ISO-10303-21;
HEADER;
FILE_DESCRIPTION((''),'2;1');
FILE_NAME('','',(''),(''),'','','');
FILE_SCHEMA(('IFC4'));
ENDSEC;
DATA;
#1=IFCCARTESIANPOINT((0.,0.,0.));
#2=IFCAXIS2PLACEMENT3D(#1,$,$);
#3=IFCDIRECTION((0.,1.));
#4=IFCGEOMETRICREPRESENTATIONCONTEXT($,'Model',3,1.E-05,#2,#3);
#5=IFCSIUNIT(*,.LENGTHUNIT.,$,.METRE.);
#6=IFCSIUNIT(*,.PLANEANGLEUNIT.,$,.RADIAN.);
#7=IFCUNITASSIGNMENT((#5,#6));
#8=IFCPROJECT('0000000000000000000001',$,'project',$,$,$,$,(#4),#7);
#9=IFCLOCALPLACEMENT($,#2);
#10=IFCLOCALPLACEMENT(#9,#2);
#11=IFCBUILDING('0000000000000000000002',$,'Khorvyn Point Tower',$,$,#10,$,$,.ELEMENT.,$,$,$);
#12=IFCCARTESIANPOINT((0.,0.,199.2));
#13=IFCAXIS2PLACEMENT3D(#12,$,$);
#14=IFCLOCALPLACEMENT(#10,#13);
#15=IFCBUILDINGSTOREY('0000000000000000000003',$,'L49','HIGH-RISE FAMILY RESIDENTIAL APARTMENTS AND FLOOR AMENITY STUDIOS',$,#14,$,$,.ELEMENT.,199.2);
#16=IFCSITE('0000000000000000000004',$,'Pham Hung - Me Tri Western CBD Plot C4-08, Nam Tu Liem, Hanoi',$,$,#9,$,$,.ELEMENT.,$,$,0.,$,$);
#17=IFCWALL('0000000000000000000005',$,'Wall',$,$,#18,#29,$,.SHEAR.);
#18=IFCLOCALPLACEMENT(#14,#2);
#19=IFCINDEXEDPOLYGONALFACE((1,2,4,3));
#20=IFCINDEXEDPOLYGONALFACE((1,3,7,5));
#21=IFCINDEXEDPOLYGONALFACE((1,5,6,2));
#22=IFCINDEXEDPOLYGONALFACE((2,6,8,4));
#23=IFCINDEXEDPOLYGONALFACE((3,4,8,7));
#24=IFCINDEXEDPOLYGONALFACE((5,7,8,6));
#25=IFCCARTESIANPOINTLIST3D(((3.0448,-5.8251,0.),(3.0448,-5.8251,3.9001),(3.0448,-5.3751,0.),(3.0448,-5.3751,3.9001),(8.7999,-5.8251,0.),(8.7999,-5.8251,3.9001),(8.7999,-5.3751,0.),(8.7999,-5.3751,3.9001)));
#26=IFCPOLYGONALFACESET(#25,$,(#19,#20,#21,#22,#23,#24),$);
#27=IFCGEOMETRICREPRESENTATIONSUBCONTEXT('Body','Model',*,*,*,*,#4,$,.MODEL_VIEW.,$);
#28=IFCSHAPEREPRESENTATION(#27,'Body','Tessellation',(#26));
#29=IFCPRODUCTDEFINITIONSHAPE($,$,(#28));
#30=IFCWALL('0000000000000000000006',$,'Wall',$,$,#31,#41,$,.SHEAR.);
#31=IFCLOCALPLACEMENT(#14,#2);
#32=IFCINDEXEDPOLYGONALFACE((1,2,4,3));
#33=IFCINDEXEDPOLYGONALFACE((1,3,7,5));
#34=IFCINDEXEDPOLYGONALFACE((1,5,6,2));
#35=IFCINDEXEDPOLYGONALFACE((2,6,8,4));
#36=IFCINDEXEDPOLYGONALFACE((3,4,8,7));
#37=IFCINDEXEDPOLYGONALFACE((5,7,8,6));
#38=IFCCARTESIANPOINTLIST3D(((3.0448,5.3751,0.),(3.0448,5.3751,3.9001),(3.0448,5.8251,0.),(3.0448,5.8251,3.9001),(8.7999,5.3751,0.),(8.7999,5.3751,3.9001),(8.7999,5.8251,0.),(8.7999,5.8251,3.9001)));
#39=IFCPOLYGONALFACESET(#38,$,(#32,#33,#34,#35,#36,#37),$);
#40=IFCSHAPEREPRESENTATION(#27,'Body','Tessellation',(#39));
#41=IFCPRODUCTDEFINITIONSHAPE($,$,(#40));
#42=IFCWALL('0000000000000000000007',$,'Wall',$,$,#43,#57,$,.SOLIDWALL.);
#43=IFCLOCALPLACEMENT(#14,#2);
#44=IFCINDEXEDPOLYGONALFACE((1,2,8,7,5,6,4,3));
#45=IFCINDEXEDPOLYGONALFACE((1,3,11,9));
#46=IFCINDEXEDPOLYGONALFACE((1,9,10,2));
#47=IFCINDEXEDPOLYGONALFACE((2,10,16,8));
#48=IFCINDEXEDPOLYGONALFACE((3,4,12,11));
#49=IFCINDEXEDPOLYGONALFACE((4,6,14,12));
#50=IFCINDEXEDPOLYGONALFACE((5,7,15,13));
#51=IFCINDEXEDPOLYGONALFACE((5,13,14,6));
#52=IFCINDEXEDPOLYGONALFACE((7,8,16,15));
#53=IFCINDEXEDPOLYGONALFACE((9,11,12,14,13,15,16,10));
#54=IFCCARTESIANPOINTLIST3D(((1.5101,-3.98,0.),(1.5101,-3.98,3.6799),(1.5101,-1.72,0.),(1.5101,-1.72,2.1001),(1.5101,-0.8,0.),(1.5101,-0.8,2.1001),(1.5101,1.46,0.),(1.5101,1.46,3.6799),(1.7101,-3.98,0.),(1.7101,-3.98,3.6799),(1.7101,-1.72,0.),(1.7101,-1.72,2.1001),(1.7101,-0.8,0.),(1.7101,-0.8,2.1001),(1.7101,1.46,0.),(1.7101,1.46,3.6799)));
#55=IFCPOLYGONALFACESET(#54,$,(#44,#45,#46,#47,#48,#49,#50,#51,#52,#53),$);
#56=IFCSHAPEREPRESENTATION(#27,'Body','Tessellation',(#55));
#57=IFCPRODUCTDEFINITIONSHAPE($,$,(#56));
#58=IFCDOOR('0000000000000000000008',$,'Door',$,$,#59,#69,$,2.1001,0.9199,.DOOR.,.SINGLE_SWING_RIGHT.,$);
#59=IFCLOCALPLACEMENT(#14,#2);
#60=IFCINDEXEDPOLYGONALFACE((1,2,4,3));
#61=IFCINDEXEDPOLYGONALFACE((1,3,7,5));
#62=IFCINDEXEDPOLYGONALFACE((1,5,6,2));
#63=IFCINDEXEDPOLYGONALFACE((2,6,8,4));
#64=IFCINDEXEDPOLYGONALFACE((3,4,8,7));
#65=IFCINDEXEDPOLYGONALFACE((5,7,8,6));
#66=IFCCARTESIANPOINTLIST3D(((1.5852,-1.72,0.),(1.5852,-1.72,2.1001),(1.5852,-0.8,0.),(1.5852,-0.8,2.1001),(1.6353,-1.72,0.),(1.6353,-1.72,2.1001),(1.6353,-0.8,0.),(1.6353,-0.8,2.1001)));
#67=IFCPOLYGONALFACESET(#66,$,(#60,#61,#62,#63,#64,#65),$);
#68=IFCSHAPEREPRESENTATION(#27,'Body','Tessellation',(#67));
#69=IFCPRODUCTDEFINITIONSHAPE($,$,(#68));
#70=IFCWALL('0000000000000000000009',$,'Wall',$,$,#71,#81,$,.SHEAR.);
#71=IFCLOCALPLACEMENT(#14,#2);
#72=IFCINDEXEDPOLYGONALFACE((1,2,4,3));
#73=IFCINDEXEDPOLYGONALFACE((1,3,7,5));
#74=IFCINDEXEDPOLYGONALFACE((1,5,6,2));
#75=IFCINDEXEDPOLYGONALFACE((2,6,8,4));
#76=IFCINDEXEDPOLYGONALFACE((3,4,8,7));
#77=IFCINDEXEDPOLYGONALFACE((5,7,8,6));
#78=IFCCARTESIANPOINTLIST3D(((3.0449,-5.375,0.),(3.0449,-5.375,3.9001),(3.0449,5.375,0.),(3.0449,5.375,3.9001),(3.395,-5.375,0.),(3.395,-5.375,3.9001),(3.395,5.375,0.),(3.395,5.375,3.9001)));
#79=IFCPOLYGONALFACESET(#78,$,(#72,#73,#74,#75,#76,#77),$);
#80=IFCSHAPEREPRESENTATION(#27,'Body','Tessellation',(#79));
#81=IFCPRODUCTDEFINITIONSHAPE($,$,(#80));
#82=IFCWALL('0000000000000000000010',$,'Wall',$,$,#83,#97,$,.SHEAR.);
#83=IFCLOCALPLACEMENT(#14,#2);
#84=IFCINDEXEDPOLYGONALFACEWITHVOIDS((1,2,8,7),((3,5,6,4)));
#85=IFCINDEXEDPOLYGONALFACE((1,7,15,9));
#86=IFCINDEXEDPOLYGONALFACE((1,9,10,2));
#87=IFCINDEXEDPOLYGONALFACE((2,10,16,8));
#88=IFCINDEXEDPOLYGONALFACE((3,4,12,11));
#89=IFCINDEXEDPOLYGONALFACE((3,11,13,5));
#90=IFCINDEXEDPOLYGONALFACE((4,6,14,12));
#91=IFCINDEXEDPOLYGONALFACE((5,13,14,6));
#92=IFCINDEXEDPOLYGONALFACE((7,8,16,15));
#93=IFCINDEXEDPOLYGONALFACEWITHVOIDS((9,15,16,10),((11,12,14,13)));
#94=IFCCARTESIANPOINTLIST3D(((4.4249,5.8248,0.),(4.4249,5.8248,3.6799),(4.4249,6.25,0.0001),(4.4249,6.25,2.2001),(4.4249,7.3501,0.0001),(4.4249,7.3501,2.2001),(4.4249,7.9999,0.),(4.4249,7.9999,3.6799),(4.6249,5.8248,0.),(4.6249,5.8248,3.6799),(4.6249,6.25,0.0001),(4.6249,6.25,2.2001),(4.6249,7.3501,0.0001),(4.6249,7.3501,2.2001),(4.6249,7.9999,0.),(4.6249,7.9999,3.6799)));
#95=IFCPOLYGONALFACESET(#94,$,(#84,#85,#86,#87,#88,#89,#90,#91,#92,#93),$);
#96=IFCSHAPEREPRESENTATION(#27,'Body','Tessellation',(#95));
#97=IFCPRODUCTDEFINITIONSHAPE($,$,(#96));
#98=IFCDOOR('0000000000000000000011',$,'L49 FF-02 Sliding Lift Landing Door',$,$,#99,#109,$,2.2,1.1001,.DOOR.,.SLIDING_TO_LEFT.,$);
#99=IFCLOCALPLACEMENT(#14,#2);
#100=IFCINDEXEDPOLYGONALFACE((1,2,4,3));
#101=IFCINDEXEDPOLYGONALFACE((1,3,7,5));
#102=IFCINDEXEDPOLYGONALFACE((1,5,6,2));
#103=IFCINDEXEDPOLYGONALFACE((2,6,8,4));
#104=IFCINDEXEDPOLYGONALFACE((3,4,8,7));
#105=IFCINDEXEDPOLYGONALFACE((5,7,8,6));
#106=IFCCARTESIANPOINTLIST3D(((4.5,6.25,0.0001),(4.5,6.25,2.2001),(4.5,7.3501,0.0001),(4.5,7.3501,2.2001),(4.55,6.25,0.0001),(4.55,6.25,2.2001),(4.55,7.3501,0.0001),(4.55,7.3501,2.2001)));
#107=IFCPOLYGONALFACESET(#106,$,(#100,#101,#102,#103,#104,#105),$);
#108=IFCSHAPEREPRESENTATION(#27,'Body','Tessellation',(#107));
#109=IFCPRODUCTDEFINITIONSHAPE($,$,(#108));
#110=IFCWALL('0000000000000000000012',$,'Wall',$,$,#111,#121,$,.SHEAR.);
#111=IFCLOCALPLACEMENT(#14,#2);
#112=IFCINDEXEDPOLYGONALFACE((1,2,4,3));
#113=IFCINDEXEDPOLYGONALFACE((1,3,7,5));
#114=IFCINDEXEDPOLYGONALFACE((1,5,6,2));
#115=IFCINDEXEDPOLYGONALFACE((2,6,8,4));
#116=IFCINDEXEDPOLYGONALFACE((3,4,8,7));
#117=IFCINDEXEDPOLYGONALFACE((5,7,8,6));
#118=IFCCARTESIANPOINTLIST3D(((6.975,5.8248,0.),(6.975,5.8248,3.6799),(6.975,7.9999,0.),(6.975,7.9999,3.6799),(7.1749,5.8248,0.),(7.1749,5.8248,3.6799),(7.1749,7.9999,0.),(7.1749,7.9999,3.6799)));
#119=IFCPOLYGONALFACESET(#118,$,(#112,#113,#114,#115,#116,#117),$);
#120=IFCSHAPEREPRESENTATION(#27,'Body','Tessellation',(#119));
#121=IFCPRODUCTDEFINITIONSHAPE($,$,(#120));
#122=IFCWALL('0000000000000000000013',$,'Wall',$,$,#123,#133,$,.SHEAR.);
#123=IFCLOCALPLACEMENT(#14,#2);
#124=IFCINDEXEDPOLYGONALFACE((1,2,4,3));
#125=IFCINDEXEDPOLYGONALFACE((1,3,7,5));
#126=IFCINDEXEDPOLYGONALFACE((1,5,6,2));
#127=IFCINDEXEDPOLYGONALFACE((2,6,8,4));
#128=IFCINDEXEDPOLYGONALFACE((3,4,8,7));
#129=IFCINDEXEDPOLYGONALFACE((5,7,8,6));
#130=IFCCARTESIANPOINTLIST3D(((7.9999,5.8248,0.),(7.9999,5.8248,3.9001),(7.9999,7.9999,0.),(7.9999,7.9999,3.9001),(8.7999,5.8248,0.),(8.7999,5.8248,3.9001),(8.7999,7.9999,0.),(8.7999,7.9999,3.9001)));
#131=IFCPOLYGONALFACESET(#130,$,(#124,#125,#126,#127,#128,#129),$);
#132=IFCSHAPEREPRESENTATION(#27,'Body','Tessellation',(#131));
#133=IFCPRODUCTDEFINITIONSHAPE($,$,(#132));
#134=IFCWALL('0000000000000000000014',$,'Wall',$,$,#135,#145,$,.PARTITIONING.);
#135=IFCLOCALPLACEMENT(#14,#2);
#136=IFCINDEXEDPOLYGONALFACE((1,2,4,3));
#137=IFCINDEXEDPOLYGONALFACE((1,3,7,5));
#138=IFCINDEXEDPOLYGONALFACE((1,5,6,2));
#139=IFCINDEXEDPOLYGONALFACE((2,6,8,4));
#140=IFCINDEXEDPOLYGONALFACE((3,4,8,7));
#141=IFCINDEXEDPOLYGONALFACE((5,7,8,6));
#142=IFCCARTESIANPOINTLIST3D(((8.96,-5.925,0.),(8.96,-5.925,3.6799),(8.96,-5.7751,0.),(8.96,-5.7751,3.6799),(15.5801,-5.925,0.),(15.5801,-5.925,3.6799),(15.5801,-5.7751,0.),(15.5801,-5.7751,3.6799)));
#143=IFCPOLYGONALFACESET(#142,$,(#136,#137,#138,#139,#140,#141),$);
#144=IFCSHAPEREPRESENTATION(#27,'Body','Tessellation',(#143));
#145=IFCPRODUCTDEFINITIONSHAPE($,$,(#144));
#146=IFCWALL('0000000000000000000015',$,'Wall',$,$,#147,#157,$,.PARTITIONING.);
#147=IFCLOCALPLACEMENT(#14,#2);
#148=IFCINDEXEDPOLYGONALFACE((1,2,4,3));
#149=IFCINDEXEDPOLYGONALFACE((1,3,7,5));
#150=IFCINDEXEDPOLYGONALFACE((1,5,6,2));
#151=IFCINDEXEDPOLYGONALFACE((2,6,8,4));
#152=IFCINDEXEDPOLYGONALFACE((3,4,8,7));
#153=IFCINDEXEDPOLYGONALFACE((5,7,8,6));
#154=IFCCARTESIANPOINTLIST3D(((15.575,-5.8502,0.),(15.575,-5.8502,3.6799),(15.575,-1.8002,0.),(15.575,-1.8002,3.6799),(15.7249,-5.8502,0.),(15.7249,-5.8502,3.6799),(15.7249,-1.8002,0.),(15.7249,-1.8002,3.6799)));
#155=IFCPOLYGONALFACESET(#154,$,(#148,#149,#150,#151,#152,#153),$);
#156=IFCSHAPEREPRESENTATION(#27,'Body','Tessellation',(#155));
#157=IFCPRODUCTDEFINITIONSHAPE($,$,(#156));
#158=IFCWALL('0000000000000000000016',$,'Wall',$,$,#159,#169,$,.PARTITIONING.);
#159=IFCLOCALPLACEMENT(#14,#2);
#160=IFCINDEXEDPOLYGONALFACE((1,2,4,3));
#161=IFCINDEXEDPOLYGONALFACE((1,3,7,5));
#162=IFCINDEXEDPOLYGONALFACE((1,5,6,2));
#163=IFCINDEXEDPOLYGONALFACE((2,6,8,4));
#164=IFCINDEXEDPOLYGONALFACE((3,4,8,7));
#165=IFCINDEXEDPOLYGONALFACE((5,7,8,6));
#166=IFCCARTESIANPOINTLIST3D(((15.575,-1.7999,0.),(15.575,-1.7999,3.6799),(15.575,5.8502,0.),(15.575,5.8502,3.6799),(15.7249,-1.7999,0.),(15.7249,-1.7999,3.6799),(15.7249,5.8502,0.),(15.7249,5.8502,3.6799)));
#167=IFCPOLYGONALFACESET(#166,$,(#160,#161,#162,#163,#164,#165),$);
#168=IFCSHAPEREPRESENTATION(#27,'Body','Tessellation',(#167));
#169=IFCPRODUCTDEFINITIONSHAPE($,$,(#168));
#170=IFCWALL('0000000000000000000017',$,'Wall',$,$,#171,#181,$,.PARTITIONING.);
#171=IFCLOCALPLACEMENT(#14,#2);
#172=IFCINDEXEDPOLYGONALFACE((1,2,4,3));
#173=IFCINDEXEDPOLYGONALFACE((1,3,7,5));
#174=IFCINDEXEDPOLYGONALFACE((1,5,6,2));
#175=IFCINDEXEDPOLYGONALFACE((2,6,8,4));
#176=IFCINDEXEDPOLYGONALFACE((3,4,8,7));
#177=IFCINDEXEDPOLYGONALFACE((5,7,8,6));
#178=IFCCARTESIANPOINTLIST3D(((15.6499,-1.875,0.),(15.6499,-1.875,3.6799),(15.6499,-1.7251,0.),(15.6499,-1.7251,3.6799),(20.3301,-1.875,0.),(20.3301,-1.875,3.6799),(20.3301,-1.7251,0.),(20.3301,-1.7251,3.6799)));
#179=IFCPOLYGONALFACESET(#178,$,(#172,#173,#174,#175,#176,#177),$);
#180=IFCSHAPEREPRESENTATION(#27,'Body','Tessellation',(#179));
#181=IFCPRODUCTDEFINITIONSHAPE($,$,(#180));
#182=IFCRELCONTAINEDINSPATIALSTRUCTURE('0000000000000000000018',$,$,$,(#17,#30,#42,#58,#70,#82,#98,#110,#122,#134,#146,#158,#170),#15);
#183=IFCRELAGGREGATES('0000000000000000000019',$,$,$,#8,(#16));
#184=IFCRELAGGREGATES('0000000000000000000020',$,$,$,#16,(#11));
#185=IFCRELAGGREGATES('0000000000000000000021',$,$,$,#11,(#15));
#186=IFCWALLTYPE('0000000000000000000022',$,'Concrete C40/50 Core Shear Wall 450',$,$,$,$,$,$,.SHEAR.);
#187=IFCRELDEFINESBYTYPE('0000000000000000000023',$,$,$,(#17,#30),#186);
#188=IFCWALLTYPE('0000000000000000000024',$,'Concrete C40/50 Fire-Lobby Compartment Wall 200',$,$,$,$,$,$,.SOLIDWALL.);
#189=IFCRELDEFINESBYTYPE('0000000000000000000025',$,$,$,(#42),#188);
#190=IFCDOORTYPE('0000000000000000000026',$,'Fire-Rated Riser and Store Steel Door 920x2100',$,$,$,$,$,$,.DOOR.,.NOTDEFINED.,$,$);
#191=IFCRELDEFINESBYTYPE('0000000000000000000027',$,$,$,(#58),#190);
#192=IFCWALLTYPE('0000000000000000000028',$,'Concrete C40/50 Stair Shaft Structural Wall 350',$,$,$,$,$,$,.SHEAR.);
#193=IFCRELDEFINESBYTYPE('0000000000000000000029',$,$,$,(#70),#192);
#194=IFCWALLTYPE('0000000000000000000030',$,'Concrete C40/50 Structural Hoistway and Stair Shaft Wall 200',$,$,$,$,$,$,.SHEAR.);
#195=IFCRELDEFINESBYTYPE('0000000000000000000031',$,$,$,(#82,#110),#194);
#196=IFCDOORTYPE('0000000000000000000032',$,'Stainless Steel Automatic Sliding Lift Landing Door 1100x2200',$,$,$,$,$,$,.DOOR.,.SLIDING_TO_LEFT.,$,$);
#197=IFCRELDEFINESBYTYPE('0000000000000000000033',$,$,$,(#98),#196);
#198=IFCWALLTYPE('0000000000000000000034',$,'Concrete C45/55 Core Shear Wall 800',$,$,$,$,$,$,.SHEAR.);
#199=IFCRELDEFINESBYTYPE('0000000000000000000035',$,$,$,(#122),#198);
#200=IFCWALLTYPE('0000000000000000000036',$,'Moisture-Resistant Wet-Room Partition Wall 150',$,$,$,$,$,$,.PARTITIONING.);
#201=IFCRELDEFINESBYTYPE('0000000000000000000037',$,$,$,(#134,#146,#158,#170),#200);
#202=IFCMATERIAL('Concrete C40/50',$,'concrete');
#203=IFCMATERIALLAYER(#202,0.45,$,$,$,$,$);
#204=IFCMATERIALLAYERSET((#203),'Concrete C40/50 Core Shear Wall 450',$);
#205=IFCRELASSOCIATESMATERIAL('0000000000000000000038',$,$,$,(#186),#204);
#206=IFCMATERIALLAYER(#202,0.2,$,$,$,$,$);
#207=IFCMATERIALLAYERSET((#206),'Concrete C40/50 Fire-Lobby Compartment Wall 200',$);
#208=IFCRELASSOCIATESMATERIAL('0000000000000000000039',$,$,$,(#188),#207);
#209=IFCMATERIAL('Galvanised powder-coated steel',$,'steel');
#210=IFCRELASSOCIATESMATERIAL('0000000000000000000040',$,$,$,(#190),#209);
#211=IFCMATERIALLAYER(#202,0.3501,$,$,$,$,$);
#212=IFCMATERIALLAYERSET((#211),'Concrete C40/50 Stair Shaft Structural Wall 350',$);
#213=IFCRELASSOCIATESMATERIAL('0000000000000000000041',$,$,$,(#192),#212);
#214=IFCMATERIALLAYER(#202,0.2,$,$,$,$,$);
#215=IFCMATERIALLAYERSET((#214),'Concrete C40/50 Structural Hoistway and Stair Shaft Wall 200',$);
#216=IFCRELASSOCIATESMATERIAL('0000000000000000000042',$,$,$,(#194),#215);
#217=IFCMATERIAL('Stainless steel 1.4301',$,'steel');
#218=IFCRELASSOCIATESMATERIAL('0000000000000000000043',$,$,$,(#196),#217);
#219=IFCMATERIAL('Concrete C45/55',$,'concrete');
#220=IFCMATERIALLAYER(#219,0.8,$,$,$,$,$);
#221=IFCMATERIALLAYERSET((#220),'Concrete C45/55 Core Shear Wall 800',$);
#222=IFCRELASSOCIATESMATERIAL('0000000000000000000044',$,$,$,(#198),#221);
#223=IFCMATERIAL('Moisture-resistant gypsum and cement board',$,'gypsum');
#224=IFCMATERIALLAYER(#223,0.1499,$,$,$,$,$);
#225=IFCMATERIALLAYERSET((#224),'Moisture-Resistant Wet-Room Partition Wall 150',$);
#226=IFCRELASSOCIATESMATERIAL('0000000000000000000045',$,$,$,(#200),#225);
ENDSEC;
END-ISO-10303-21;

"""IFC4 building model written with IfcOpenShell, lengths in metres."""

from ifc_helpers import new_model, si_unit, direction, frame, frame_2d, origin, place, context, subcontext, project, spatial, rectangle, extrude, material, layer, layer_set, type_object, element, fill, save


model = new_model("IFC4")

# Units and contexts
model_context = context("Model", 3, precision=1e-05, world=origin(), true_north=direction((0.0, 1.0)))
body_context = subcontext(model_context, "Body", "Model", "MODEL_VIEW")
ifc_project = project(units=[si_unit("LENGTHUNIT", "METRE"), si_unit("PLANEANGLEUNIT", "RADIAN")], contexts=[model_context])

# Site, building, storey
site_placement = place(None, origin())
site = spatial("IfcSite", under=ifc_project, at=site_placement, Name="Pham Hung - Me Tri Western CBD Plot C4-08, Nam Tu Liem, Hanoi", CompositionType="ELEMENT", RefElevation=0.0)
building_placement = place(site_placement, origin())
building = spatial("IfcBuilding", under=site, at=building_placement, Name="Khorvyn Point Tower", CompositionType="ELEMENT")
storey_placement = place(building_placement, frame((0.0, 0.0, 199.2)))
storey = spatial("IfcBuildingStorey", under=building, at=storey_placement, Name="L49", Description="HIGH-RISE FAMILY RESIDENTIAL APARTMENTS AND FLOOR AMENITY STUDIOS", CompositionType="ELEMENT", Elevation=199.2)

# Shared definitions
ifc_material_1 = material(Name="Concrete C40/50", Category="concrete")

# Walls
ifc_layer_1 = layer(ifc_material_1, 0.45)
ifc_layer_set_1 = layer_set([ifc_layer_1], Name="Concrete C40/50 Core Shear Wall 450")
wall_type_1 = type_object("IfcWallType", Name="Concrete C40/50 Core Shear Wall 450", PredefinedType="SHEAR", material=ifc_layer_set_1)
for number, where, z_axis, x_axis, name in (
    (1, (3.0449, -5.6001, 0.0), (0.0, 0.0, 1.0), (1.0, 0.0, 0.0), "Wall"),
    (2, (3.0449, 5.6001, 0.0), (0.0, 0.0, 1.0), (1.0, 0.0, 0.0), "Wall"),
):
    element("IfcWall", number, at=place(storey_placement, frame(where, z_axis=z_axis, x_axis=x_axis)), inside=storey, type_object=wall_type_1, Name=name, PredefinedType="SHEAR", context=body_context, shape_type="SweptSolid", body=[
        extrude(rectangle(XDim=5.7551, YDim=0.45, at=frame_2d((2.8774, 0.0))), origin(), (0.0, 0.0, 1.0), 3.9001),
    ])

# Wall, opening, door
ifc_layer_2 = layer(ifc_material_1, 0.2)
ifc_layer_set_2 = layer_set([ifc_layer_2], Name="Concrete C40/50 Fire-Lobby Compartment Wall 200")
wall_type_2 = type_object("IfcWallType", Name="Concrete C40/50 Fire-Lobby Compartment Wall 200", PredefinedType="SOLIDWALL", material=ifc_layer_set_2)
wall_1_placement = place(storey_placement, frame((1.6101, -3.98, 0.0), z_axis=(0.0, 0.0, 1.0), x_axis=(0.0, 1.0, 0.0)))
wall_1 = element("IfcWall", 3, at=wall_1_placement, inside=storey, type_object=wall_type_2, Name="Wall", PredefinedType="SOLIDWALL", context=body_context, shape_type="SweptSolid", body=[
    extrude(rectangle(XDim=5.4399, YDim=0.2, at=frame_2d((2.72, 0.0))), origin(), (0.0, 0.0, 1.0), 3.6799),
])
opening_1_placement = place(wall_1_placement, frame((2.26, 0.0, 0.0)))
opening_1 = element("IfcOpeningElement", 4, at=opening_1_placement, cuts=wall_1, PredefinedType="OPENING", context=body_context, shape_type="SweptSolid", body=[
    extrude(rectangle(XDim=0.9199, YDim=2.1001, at=frame_2d((0.46, 1.05))), frame((0.0, 0.1099, 0.0), z_axis=(0.0, -1.0, 0.0), x_axis=(1.0, 0.0, 0.0)), (0.0, 0.0, 1.0), 0.22),
])
ifc_material_2 = material(Name="Galvanised powder-coated steel", Category="steel")
door_type_1 = type_object("IfcDoorType", Name="Fire-Rated Riser and Store Steel Door 920x2100", OperationType="NOTDEFINED", PredefinedType="DOOR", material=ifc_material_2)
door_1_placement = place(opening_1_placement, origin())
door_1 = element("IfcDoor", 5, at=door_1_placement, inside=storey, type_object=door_type_1, Name="Door", OperationType="SINGLE_SWING_RIGHT", OverallHeight=2.1001, OverallWidth=0.9199, PredefinedType="DOOR", context=body_context, shape_type="SweptSolid", body=[
    extrude(rectangle(XDim=0.9199, YDim=2.1001, at=frame_2d((0.46, 1.05))), frame((0.0, 0.0249, 0.0), z_axis=(0.0, -1.0, 0.0), x_axis=(1.0, 0.0, 0.0)), (0.0, 0.0, 1.0), 0.05),
])
fill(opening_1, door_1)

# Wall
ifc_layer_3 = layer(ifc_material_1, 0.3501)
ifc_layer_set_3 = layer_set([ifc_layer_3], Name="Concrete C40/50 Stair Shaft Structural Wall 350")
wall_type_3 = type_object("IfcWallType", Name="Concrete C40/50 Stair Shaft Structural Wall 350", PredefinedType="SHEAR", material=ifc_layer_set_3)
wall_2_placement = place(storey_placement, frame((3.22, -5.375, 0.0), z_axis=(0.0, 0.0, 1.0), x_axis=(0.0, 1.0, 0.0)))
element("IfcWall", 6, at=wall_2_placement, inside=storey, type_object=wall_type_3, Name="Wall", PredefinedType="SHEAR", context=body_context, shape_type="SweptSolid", body=[
    extrude(rectangle(XDim=10.75, YDim=0.3501, at=frame_2d((5.375, 0.0))), origin(), (0.0, 0.0, 1.0), 3.9001),
])

# Wall, opening, door
ifc_layer_4 = layer(ifc_material_1, 0.2)
ifc_layer_set_4 = layer_set([ifc_layer_4], Name="Concrete C40/50 Structural Hoistway and Stair Shaft Wall 200")
wall_type_4 = type_object("IfcWallType", Name="Concrete C40/50 Structural Hoistway and Stair Shaft Wall 200", PredefinedType="SHEAR", material=ifc_layer_set_4)
wall_3_placement = place(storey_placement, frame((4.5249, 5.825, 0.0), z_axis=(0.0, 0.0, 1.0), x_axis=(0.0, 1.0, 0.0)))
wall_3 = element("IfcWall", 7, at=wall_3_placement, inside=storey, type_object=wall_type_4, Name="Wall", PredefinedType="SHEAR", context=body_context, shape_type="SweptSolid", body=[
    extrude(rectangle(XDim=2.175, YDim=0.2, at=frame_2d((1.0874, 0.0))), origin(), (0.0, 0.0, 1.0), 3.6799),
])
opening_2_placement = place(wall_3_placement, frame((0.425, 0.0, 0.0)))
opening_2 = element("IfcOpeningElement", 8, at=opening_2_placement, cuts=wall_3, PredefinedType="OPENING", context=body_context, shape_type="SweptSolid", body=[
    extrude(rectangle(XDim=1.1001, YDim=2.2, at=frame_2d((0.55, 1.1001))), frame((0.0, 0.1099, 0.0), z_axis=(0.0, -1.0, 0.0), x_axis=(1.0, 0.0, 0.0)), (0.0, 0.0, 1.0), 0.22),
])
ifc_material_3 = material(Name="Stainless steel 1.4301", Category="steel")
door_type_2 = type_object("IfcDoorType", Name="Stainless Steel Automatic Sliding Lift Landing Door 1100x2200", OperationType="SLIDING_TO_LEFT", PredefinedType="DOOR", material=ifc_material_3)
door_2_placement = place(opening_2_placement, origin())
door_2 = element("IfcDoor", 9, at=door_2_placement, inside=storey, type_object=door_type_2, Name="L49 FF-02 Sliding Lift Landing Door", OperationType="SLIDING_TO_LEFT", OverallHeight=2.2, OverallWidth=1.1001, PredefinedType="DOOR", context=body_context, shape_type="SweptSolid", body=[
    extrude(rectangle(XDim=1.1001, YDim=2.2, at=frame_2d((0.55, 1.1001))), frame((0.0, 0.0249, 0.0), z_axis=(0.0, -1.0, 0.0), x_axis=(1.0, 0.0, 0.0)), (0.0, 0.0, 1.0), 0.05),
])
fill(opening_2, door_2)

# Walls
wall_4_placement = place(storey_placement, frame((7.075, 5.825, 0.0), z_axis=(0.0, 0.0, 1.0), x_axis=(0.0, 1.0, 0.0)))
element("IfcWall", 10, at=wall_4_placement, inside=storey, type_object=wall_type_4, Name="Wall", PredefinedType="SHEAR", context=body_context, shape_type="SweptSolid", body=[
    extrude(rectangle(XDim=2.175, YDim=0.2, at=frame_2d((1.0874, 0.0))), origin(), (0.0, 0.0, 1.0), 3.6799),
])
ifc_material_4 = material(Name="Concrete C45/55", Category="concrete")
ifc_layer_5 = layer(ifc_material_4, 0.8)
ifc_layer_set_5 = layer_set([ifc_layer_5], Name="Concrete C45/55 Core Shear Wall 800")
wall_type_5 = type_object("IfcWallType", Name="Concrete C45/55 Core Shear Wall 800", PredefinedType="SHEAR", material=ifc_layer_set_5)
wall_5_placement = place(storey_placement, frame((8.3999, 5.825, 0.0), z_axis=(0.0, 0.0, 1.0), x_axis=(0.0, 1.0, 0.0)))
element("IfcWall", 11, at=wall_5_placement, inside=storey, type_object=wall_type_5, Name="Wall", PredefinedType="SHEAR", context=body_context, shape_type="SweptSolid", body=[
    extrude(rectangle(XDim=2.175, YDim=0.8, at=frame_2d((1.0874, 0.0))), origin(), (0.0, 0.0, 1.0), 3.9001),
])
ifc_material_5 = material(Name="Moisture-resistant gypsum and cement board", Category="gypsum")
ifc_layer_6 = layer(ifc_material_5, 0.1499)
ifc_layer_set_6 = layer_set([ifc_layer_6], Name="Moisture-Resistant Wet-Room Partition Wall 150")
wall_type_6 = type_object("IfcWallType", Name="Moisture-Resistant Wet-Room Partition Wall 150", PredefinedType="PARTITIONING", material=ifc_layer_set_6)
wall_6_placement = place(storey_placement, frame((8.96, -5.8501, 0.0), z_axis=(0.0, 0.0, 1.0), x_axis=(1.0, 0.0, 0.0)))
element("IfcWall", 12, at=wall_6_placement, inside=storey, type_object=wall_type_6, Name="Wall", PredefinedType="PARTITIONING", context=body_context, shape_type="SweptSolid", body=[
    extrude(rectangle(XDim=6.6201, YDim=0.1499, at=frame_2d((3.3101, 0.0))), origin(), (0.0, 0.0, 1.0), 3.6799),
])
wall_7_placement = place(storey_placement, frame((15.6499, -5.8501, 0.0), z_axis=(0.0, 0.0, 1.0), x_axis=(0.0, 1.0, 0.0)))
element("IfcWall", 13, at=wall_7_placement, inside=storey, type_object=wall_type_6, Name="Wall", PredefinedType="PARTITIONING", context=body_context, shape_type="SweptSolid", body=[
    extrude(rectangle(XDim=4.05, YDim=0.1499, at=frame_2d((2.0249, 0.0))), origin(), (0.0, 0.0, 1.0), 3.6799),
])
wall_8_placement = place(storey_placement, frame((15.6499, -1.8, 0.0), z_axis=(0.0, 0.0, 1.0), x_axis=(0.0, 1.0, 0.0)))
element("IfcWall", 14, at=wall_8_placement, inside=storey, type_object=wall_type_6, Name="Wall", PredefinedType="PARTITIONING", context=body_context, shape_type="SweptSolid", body=[
    extrude(rectangle(XDim=7.6501, YDim=0.1499, at=frame_2d((3.8252, 0.0))), origin(), (0.0, 0.0, 1.0), 3.6799),
])
wall_9_placement = place(storey_placement, frame((15.6499, -1.8, 0.0), z_axis=(0.0, 0.0, 1.0), x_axis=(1.0, 0.0, 0.0)))
element("IfcWall", 15, at=wall_9_placement, inside=storey, type_object=wall_type_6, Name="Wall", PredefinedType="PARTITIONING", context=body_context, shape_type="SweptSolid", body=[
    extrude(rectangle(XDim=4.6802, YDim=0.1499, at=frame_2d((2.3401, 0.0))), origin(), (0.0, 0.0, 1.0), 3.6799),
])

save(model, "model.ifc")
